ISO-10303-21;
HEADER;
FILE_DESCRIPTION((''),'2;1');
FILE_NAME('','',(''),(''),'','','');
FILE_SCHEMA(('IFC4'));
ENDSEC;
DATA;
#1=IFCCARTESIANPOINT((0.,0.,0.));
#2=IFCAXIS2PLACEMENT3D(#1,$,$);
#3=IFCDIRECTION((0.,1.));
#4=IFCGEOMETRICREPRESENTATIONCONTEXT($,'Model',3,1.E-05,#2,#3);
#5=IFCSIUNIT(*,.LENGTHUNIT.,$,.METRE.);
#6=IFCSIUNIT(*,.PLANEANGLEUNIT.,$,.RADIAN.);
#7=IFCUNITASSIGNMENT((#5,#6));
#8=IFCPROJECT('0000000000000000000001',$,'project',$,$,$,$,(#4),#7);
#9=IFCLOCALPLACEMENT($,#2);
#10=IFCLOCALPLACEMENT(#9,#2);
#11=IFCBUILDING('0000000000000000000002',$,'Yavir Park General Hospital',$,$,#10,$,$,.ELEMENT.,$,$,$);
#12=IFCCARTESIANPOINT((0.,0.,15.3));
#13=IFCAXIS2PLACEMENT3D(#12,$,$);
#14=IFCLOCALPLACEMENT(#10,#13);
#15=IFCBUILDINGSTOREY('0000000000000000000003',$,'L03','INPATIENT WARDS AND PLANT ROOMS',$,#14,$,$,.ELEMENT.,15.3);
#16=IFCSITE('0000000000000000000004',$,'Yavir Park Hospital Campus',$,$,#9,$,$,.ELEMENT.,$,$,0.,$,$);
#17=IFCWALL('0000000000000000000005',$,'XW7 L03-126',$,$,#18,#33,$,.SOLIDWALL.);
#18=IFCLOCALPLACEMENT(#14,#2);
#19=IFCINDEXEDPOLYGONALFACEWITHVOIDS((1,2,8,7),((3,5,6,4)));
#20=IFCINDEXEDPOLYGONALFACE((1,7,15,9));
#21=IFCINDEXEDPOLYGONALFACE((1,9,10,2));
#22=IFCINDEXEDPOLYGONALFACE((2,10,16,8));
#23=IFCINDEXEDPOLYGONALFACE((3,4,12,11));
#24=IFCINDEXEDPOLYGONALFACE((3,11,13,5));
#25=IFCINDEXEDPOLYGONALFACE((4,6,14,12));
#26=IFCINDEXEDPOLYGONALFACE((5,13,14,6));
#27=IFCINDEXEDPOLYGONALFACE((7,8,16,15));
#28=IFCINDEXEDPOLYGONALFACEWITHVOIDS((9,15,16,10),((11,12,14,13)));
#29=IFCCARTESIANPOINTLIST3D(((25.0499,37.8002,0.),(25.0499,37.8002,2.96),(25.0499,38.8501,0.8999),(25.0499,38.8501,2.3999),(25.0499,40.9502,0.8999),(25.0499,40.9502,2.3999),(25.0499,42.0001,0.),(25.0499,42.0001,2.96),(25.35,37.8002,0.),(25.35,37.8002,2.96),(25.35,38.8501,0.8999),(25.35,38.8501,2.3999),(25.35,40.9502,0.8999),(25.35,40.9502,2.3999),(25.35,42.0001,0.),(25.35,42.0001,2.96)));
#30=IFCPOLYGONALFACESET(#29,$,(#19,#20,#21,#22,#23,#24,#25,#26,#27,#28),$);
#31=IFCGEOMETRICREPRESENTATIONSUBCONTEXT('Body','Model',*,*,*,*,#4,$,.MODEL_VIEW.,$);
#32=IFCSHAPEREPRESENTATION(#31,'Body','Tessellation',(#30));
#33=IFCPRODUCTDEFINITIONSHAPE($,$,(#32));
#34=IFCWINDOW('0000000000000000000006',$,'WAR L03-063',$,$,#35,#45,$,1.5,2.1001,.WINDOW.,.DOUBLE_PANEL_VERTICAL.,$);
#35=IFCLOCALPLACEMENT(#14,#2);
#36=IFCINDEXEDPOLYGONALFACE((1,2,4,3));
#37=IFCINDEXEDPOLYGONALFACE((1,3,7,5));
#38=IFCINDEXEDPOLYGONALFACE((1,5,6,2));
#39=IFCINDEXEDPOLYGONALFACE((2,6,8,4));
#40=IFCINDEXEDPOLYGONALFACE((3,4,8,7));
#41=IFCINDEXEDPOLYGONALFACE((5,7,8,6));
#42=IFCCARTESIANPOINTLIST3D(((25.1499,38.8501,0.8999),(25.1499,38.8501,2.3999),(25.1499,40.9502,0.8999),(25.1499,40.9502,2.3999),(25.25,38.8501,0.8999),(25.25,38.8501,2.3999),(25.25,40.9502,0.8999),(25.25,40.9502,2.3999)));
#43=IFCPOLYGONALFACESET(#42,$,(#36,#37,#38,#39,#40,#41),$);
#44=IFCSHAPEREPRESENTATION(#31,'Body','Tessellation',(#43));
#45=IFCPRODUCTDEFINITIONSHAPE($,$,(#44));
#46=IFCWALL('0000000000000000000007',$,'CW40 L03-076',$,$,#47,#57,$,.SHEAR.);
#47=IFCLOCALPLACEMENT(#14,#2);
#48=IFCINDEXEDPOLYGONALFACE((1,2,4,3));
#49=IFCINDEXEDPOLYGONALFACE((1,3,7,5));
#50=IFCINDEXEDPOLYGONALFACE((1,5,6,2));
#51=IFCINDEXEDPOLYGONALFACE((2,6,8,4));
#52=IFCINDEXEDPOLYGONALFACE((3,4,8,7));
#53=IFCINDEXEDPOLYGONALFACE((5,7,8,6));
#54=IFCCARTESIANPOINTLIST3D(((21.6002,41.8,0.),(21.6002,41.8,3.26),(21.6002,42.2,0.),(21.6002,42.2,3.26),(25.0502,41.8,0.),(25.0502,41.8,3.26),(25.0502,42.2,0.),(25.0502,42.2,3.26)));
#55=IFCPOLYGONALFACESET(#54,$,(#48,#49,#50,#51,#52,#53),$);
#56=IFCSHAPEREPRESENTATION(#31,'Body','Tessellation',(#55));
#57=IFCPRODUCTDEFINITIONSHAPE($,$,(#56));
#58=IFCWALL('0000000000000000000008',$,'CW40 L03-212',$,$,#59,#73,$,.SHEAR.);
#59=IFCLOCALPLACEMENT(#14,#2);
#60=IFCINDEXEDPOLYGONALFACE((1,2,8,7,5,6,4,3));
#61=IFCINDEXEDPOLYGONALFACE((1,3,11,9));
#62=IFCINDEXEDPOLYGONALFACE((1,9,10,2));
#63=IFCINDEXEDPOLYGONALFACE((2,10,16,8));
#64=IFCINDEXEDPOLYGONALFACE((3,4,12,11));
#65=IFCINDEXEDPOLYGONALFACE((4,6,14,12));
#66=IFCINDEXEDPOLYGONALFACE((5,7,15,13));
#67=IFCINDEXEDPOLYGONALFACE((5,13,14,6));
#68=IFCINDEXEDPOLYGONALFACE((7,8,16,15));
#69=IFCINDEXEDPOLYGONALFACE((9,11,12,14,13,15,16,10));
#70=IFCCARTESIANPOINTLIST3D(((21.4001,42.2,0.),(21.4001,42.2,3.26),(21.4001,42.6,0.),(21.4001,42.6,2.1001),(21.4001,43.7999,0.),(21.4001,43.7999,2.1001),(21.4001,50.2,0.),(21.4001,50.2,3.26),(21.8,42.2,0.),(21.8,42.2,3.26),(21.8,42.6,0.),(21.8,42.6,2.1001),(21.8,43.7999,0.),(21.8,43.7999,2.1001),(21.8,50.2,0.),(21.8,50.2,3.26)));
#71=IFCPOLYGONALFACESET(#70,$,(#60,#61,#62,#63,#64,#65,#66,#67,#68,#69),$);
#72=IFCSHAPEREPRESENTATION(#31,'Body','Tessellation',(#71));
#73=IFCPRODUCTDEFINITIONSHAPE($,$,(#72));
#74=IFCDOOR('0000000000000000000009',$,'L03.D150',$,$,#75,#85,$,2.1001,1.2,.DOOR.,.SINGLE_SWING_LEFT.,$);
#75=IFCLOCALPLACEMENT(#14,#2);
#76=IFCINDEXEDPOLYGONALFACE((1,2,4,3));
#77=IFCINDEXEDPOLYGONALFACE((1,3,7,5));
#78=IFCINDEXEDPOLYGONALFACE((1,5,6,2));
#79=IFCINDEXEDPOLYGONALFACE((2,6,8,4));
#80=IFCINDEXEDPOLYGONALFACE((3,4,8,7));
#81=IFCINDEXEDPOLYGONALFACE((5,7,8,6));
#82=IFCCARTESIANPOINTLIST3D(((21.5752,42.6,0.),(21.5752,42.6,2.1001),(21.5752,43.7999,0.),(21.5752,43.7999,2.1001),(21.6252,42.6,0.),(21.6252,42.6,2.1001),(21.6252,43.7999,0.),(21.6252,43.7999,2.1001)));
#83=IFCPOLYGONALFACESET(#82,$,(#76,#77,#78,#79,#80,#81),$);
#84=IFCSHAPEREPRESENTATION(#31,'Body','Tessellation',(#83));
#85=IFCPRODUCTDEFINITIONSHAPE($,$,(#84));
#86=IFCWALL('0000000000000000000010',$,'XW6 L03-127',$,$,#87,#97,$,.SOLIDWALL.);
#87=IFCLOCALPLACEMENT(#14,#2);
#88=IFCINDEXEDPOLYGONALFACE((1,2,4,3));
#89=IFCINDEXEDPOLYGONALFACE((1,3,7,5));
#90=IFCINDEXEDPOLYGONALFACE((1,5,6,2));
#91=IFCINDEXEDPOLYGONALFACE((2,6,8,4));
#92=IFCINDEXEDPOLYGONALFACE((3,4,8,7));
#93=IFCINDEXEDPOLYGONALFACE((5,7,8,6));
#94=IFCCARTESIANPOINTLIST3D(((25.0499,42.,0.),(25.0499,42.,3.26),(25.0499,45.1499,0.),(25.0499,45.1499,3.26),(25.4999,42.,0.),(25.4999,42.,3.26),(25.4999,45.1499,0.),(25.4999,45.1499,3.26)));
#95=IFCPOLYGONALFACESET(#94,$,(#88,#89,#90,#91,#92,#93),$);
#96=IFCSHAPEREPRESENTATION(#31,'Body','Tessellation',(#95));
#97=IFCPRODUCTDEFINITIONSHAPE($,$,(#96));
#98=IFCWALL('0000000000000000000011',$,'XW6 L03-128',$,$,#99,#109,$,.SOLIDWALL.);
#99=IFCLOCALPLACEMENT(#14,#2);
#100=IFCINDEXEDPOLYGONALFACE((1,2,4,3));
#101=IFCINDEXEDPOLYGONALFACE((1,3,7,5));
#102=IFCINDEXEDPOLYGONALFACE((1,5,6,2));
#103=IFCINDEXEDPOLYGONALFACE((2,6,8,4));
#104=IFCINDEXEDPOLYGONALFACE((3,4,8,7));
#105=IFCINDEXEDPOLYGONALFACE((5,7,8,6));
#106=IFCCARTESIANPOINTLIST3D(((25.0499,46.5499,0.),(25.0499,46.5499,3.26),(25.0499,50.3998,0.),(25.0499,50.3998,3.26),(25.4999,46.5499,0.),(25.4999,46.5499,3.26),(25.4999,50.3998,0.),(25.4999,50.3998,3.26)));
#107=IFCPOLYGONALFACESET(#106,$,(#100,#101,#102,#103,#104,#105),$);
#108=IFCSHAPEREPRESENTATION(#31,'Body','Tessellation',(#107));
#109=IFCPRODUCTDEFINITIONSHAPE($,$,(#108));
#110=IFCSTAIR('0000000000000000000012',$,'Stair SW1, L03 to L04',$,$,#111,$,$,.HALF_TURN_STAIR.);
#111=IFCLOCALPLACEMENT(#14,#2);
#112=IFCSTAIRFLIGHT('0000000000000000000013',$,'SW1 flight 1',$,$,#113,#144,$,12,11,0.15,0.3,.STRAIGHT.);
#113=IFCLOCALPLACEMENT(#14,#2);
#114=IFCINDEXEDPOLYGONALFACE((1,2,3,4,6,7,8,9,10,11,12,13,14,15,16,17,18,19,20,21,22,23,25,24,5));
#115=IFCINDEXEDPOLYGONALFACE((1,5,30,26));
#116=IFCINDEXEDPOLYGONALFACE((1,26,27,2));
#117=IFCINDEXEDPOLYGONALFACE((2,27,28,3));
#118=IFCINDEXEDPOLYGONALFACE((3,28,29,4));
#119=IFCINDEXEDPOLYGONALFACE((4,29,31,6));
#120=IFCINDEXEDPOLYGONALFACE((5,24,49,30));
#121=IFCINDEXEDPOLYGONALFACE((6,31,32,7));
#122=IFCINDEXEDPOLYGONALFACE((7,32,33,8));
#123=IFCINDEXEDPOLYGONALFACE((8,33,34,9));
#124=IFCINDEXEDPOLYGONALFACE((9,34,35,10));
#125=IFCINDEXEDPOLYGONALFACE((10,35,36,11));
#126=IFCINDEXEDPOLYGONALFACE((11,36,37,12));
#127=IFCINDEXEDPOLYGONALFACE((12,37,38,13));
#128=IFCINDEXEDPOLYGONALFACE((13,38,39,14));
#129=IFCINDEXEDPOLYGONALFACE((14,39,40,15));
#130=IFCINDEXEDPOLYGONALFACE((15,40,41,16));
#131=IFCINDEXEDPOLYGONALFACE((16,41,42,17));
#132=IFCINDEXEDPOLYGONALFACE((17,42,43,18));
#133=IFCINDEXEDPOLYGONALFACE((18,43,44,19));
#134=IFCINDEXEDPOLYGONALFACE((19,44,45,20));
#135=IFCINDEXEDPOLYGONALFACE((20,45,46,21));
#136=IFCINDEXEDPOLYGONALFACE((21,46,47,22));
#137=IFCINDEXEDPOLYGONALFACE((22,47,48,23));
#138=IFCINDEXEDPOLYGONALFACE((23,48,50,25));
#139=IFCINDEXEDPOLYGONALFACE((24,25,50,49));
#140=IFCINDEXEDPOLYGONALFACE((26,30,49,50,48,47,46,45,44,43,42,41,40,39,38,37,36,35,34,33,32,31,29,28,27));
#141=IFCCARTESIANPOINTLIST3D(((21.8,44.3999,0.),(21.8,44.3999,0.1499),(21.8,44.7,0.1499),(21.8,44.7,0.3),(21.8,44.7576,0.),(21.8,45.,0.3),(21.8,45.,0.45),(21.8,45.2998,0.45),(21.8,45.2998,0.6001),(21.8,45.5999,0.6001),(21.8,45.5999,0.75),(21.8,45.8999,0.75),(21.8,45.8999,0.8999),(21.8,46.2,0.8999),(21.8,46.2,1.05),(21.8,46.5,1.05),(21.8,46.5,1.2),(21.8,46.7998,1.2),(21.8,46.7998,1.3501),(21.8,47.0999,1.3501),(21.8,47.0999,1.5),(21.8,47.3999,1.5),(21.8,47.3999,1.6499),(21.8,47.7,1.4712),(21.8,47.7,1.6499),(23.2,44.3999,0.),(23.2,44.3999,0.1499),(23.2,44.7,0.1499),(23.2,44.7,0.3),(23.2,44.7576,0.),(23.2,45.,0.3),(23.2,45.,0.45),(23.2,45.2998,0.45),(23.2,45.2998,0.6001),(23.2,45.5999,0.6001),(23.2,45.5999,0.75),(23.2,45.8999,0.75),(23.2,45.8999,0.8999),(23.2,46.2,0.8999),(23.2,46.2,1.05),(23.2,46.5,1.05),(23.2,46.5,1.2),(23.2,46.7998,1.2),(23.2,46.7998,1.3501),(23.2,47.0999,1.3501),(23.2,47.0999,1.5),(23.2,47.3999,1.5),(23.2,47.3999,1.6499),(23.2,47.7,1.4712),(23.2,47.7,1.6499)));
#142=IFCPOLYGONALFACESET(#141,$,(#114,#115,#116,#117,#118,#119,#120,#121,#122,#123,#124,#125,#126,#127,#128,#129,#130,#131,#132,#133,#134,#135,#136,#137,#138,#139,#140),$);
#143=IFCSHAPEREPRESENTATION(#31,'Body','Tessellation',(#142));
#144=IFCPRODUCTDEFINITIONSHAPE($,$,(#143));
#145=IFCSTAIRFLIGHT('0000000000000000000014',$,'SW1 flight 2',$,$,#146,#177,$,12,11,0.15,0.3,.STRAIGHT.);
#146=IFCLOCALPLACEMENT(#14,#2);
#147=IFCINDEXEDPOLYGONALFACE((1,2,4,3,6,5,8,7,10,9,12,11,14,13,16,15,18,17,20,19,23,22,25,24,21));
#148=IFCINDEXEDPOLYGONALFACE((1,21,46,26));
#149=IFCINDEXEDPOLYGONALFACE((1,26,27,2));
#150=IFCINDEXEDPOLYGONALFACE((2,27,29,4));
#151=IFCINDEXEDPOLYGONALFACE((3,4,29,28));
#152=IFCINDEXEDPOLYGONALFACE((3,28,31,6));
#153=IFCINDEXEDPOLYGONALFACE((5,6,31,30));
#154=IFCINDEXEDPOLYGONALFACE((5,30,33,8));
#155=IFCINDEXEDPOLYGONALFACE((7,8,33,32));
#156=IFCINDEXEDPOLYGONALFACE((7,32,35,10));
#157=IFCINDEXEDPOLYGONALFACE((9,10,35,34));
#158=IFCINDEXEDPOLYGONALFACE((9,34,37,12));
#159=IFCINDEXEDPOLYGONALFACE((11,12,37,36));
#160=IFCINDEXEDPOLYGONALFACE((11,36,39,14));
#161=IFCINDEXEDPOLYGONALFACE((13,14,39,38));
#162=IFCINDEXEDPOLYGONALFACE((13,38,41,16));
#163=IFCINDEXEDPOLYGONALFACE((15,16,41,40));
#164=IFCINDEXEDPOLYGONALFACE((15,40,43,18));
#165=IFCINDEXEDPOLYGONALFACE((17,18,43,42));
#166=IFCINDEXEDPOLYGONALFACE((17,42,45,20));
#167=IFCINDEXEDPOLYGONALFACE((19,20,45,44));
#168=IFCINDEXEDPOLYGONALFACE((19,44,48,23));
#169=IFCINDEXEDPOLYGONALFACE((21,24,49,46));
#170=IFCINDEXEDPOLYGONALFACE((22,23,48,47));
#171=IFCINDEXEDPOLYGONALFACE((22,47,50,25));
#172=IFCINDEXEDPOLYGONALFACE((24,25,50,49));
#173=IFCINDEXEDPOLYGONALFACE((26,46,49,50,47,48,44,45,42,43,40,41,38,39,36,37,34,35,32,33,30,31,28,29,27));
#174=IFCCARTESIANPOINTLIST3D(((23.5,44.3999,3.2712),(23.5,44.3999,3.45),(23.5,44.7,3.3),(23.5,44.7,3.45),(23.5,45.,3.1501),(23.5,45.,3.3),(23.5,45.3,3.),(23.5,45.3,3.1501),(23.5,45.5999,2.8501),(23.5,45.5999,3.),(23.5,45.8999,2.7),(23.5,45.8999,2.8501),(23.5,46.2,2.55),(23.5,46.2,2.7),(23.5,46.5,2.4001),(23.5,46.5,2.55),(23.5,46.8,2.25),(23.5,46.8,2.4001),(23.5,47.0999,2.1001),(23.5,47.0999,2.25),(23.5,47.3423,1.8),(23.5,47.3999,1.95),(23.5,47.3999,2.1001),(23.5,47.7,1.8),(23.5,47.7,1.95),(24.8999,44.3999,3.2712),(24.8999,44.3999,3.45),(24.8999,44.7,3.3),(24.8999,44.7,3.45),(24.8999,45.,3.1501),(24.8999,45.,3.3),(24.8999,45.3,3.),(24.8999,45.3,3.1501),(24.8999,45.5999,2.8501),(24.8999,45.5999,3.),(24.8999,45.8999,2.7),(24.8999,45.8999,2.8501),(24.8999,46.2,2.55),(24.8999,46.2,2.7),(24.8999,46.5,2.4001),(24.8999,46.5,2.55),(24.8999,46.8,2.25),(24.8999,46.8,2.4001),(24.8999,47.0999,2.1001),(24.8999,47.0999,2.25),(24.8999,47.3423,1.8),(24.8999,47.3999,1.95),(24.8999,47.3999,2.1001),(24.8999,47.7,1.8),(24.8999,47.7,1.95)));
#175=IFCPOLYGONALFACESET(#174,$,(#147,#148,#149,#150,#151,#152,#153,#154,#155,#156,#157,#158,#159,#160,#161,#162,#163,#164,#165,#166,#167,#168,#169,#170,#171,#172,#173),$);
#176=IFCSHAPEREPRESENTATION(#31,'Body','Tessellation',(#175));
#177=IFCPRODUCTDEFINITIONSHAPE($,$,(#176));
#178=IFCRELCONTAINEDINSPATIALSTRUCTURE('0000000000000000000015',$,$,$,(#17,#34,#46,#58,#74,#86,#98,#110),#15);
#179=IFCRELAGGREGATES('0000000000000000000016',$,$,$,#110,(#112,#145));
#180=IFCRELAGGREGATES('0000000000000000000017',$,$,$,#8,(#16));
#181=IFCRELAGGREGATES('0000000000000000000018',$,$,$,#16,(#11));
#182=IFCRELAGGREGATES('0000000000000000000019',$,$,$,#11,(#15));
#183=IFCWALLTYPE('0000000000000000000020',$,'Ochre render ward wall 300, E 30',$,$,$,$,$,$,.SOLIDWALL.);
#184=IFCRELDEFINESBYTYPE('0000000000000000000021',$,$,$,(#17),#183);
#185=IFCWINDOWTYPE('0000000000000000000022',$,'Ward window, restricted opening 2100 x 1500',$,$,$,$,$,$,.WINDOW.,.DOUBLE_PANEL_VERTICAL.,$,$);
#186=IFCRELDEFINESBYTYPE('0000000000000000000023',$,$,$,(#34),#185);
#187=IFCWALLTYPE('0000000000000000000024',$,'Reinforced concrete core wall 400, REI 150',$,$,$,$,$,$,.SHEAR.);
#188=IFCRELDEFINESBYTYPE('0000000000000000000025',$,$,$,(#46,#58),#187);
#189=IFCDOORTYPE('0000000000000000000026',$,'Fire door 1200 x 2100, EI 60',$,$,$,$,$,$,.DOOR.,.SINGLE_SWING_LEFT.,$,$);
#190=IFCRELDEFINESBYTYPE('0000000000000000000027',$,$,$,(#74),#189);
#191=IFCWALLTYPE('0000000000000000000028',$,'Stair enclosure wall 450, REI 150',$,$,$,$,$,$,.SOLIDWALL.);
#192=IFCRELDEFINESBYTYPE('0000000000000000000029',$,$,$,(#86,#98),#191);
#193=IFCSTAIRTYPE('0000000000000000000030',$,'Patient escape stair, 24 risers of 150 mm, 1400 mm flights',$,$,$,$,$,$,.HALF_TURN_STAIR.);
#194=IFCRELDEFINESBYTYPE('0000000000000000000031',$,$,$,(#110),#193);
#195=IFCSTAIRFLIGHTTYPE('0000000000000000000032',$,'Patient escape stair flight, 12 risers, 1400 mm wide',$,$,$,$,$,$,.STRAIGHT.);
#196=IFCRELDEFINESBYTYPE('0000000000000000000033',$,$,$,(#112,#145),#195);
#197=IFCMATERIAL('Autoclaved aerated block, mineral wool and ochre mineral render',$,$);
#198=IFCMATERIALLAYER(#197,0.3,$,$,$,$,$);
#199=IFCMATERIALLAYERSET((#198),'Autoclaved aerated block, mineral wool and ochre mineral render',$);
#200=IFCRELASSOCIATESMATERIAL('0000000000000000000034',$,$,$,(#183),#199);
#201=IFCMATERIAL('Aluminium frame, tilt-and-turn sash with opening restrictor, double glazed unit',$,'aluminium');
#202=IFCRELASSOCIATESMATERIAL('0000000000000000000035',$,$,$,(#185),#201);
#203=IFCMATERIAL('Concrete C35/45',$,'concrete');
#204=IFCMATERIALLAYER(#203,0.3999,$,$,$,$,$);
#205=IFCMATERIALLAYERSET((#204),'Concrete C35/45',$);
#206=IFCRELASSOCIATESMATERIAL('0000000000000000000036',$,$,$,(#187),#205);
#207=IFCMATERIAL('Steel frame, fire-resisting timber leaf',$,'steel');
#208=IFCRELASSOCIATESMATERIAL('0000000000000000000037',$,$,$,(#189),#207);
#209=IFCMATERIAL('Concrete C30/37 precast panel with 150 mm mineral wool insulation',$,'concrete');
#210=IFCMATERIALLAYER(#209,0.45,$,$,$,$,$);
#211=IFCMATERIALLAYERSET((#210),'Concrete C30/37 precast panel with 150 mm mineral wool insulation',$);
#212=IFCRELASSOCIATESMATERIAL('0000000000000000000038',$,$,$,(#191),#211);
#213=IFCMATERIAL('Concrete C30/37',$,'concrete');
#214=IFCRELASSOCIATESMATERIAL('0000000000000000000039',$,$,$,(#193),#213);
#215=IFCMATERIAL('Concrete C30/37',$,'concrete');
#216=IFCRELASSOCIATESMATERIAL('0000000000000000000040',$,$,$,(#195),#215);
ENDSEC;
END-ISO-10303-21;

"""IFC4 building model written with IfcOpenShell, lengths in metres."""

from ifc_helpers import new_model, si_unit, direction, frame, frame_2d, origin, place, context, subcontext, project, spatial, polyline, rectangle, outline, extrude, material, layer, layer_set, type_object, element, fill, aggregate, save


model = new_model("IFC4")

# Units and contexts
model_context = context("Model", 3, precision=1e-05, world=origin(), true_north=direction((0.0, 1.0)))
body_context = subcontext(model_context, "Body", "Model", "MODEL_VIEW")
ifc_project = project(units=[si_unit("LENGTHUNIT", "METRE"), si_unit("PLANEANGLEUNIT", "RADIAN")], contexts=[model_context])

# Site, building, storey
site_placement = place(None, origin())
site = spatial("IfcSite", under=ifc_project, at=site_placement, Name="Yavir Park Hospital Campus", CompositionType="ELEMENT", RefElevation=0.0)
building_placement = place(site_placement, origin())
building = spatial("IfcBuilding", under=site, at=building_placement, Name="Yavir Park General Hospital", CompositionType="ELEMENT")
storey_placement = place(building_placement, frame((0.0, 0.0, 15.3)))
storey = spatial("IfcBuildingStorey", under=building, at=storey_placement, Name="L03", Description="INPATIENT WARDS AND PLANT ROOMS", CompositionType="ELEMENT", Elevation=15.3)

# Wall, opening, window
ifc_material_1 = material(Name="Autoclaved aerated block, mineral wool and ochre mineral render")
ifc_layer_1 = layer(ifc_material_1, 0.3)
ifc_layer_set_1 = layer_set([ifc_layer_1], Name="Autoclaved aerated block, mineral wool and ochre mineral render")
wall_type_1 = type_object("IfcWallType", Name="Ochre render ward wall 300, E 30", PredefinedType="SOLIDWALL", material=ifc_layer_set_1)
ifc_material_2 = material(Name="Aluminium frame, tilt-and-turn sash with opening restrictor, double glazed unit", Category="aluminium")
window_type = type_object("IfcWindowType", Name="Ward window, restricted opening 2100 x 1500", PartitioningType="DOUBLE_PANEL_VERTICAL", PredefinedType="WINDOW", material=ifc_material_2)
wall_1_placement = place(storey_placement, frame((25.2, 37.8, 0.0), z_axis=(0.0, 0.0, 1.0), x_axis=(0.0, 1.0, 0.0)))
wall_1 = element("IfcWall", 1, at=wall_1_placement, inside=storey, type_object=wall_type_1, Name="XW7 L03-126", PredefinedType="SOLIDWALL", context=body_context, shape_type="SweptSolid", body=[
    extrude(rectangle(XDim=4.2, YDim=0.3, at=frame_2d((2.1001, 0.0))), origin(), (0.0, 0.0, 1.0), 2.96),
])
opening_1_placement = place(wall_1_placement, frame((1.05, 0.0, 0.8999)))
opening_1 = element("IfcOpeningElement", 2, at=opening_1_placement, cuts=wall_1, PredefinedType="OPENING", context=body_context, shape_type="SweptSolid", body=[
    extrude(rectangle(XDim=2.1001, YDim=1.5, at=frame_2d((1.05, 0.75))), frame((0.0, 0.1599, 0.0), z_axis=(0.0, -1.0, 0.0), x_axis=(1.0, 0.0, 0.0)), (0.0, 0.0, 1.0), 0.3201),
])
window_1_placement = place(opening_1_placement, origin())
window_1 = element("IfcWindow", 3, at=window_1_placement, inside=storey, type_object=window_type, Name="WAR L03-063", OverallHeight=1.5, OverallWidth=2.1001, PartitioningType="DOUBLE_PANEL_VERTICAL", PredefinedType="WINDOW", context=body_context, shape_type="SweptSolid", body=[
    extrude(rectangle(XDim=2.1001, YDim=1.5, at=frame_2d((1.05, 0.75))), frame((0.0, 0.05, 0.0), z_axis=(0.0, -1.0, 0.0), x_axis=(1.0, 0.0, 0.0)), (0.0, 0.0, 1.0), 0.1001),
])
fill(opening_1, window_1)

# Wall
ifc_material_3 = material(Name="Concrete C35/45", Category="concrete")
ifc_layer_2 = layer(ifc_material_3, 0.3999)
ifc_layer_set_2 = layer_set([ifc_layer_2], Name="Concrete C35/45")
wall_type_2 = type_object("IfcWallType", Name="Reinforced concrete core wall 400, REI 150", PredefinedType="SHEAR", material=ifc_layer_set_2)
wall_2_placement = place(storey_placement, frame((21.6001, 42.0, 0.0), z_axis=(0.0, 0.0, 1.0), x_axis=(1.0, 0.0, 0.0)))
element("IfcWall", 4, at=wall_2_placement, inside=storey, type_object=wall_type_2, Name="CW40 L03-076", PredefinedType="SHEAR", context=body_context, shape_type="SweptSolid", body=[
    extrude(rectangle(XDim=3.45, YDim=0.3999, at=frame_2d((1.7251, 0.0))), origin(), (0.0, 0.0, 1.0), 3.26),
])

# Wall, opening, door
wall_3_placement = place(storey_placement, frame((21.6001, 42.2, 0.0), z_axis=(0.0, 0.0, 1.0), x_axis=(0.0, 1.0, 0.0)))
wall_3 = element("IfcWall", 5, at=wall_3_placement, inside=storey, type_object=wall_type_2, Name="CW40 L03-212", PredefinedType="SHEAR", context=body_context, shape_type="SweptSolid", body=[
    extrude(rectangle(XDim=8.0, YDim=0.3999, at=frame_2d((4.0, 0.0))), origin(), (0.0, 0.0, 1.0), 3.26),
])
opening_2_placement = place(wall_3_placement, frame((0.3999, 0.0, 0.0)))
opening_2 = element("IfcOpeningElement", 6, at=opening_2_placement, cuts=wall_3, PredefinedType="OPENING", context=body_context, shape_type="SweptSolid", body=[
    extrude(rectangle(XDim=1.2, YDim=2.1001, at=frame_2d((0.6001, 1.05))), frame((0.0, 0.21, 0.0), z_axis=(0.0, -1.0, 0.0), x_axis=(1.0, 0.0, 0.0)), (0.0, 0.0, 1.0), 0.4199),
])
ifc_material_4 = material(Name="Steel frame, fire-resisting timber leaf", Category="steel")
door_type = type_object("IfcDoorType", Name="Fire door 1200 x 2100, EI 60", OperationType="SINGLE_SWING_LEFT", PredefinedType="DOOR", material=ifc_material_4)
door_placement = place(opening_2_placement, origin())
door = element("IfcDoor", 7, at=door_placement, inside=storey, type_object=door_type, Name="L03.D150", OperationType="SINGLE_SWING_LEFT", OverallHeight=2.1001, OverallWidth=1.2, PredefinedType="DOOR", context=body_context, shape_type="SweptSolid", body=[
    extrude(rectangle(XDim=1.2, YDim=2.1001, at=frame_2d((0.6001, 1.05))), frame((0.0, 0.0249, 0.0), z_axis=(0.0, -1.0, 0.0), x_axis=(1.0, 0.0, 0.0)), (0.0, 0.0, 1.0), 0.05),
])
fill(opening_2, door)

# Walls
ifc_material_5 = material(Name="Concrete C30/37 precast panel with 150 mm mineral wool insulation", Category="concrete")
ifc_layer_3 = layer(ifc_material_5, 0.45)
ifc_layer_set_3 = layer_set([ifc_layer_3], Name="Concrete C30/37 precast panel with 150 mm mineral wool insulation")
wall_type_3 = type_object("IfcWallType", Name="Stair enclosure wall 450, REI 150", PredefinedType="SOLIDWALL", material=ifc_layer_set_3)
wall_4_placement = place(storey_placement, frame((25.2749, 42.0, 0.0), z_axis=(0.0, 0.0, 1.0), x_axis=(0.0, 1.0, 0.0)))
element("IfcWall", 8, at=wall_4_placement, inside=storey, type_object=wall_type_3, Name="XW6 L03-127", PredefinedType="SOLIDWALL", context=body_context, shape_type="SweptSolid", body=[
    extrude(rectangle(XDim=3.1499, YDim=0.45, at=frame_2d((1.575, 0.0))), origin(), (0.0, 0.0, 1.0), 3.26),
])
wall_5_placement = place(storey_placement, frame((25.2749, 46.55, 0.0), z_axis=(0.0, 0.0, 1.0), x_axis=(0.0, 1.0, 0.0)))
element("IfcWall", 9, at=wall_5_placement, inside=storey, type_object=wall_type_3, Name="XW6 L03-128", PredefinedType="SOLIDWALL", context=body_context, shape_type="SweptSolid", body=[
    extrude(rectangle(XDim=3.8499, YDim=0.45, at=frame_2d((1.9248, 0.0))), origin(), (0.0, 0.0, 1.0), 3.26),
])

# Stair, stair flights
ifc_material_6 = material(Name="Concrete C30/37", Category="concrete")
stair_type = type_object("IfcStairType", Name="Patient escape stair, 24 risers of 150 mm, 1400 mm flights", PredefinedType="HALF_TURN_STAIR", material=ifc_material_6)
stair_placement = place(storey_placement, origin())
stair = element("IfcStair", 10, at=stair_placement, inside=storey, type_object=stair_type, Name="Stair SW1, L03 to L04", PredefinedType="HALF_TURN_STAIR")
ifc_material_7 = material(Name="Concrete C30/37", Category="concrete")
stair_flight_type = type_object("IfcStairFlightType", Name="Patient escape stair flight, 12 risers, 1400 mm wide", PredefinedType="STRAIGHT", material=ifc_material_7)
stair_flight_1_placement = place(storey_placement, frame((22.5, 44.3999, 0.0), z_axis=(0.0, 0.0, 1.0), x_axis=(0.0, 1.0, 0.0)))
stair_flight_1 = element("IfcStairFlight", 11, at=stair_flight_1_placement, type_object=stair_flight_type, Name="SW1 flight 1", NumberOfRisers=12, NumberOfTreads=11, PredefinedType="STRAIGHT", RiserHeight=0.15, TreadLength=0.3, context=body_context, shape_type="SweptSolid", body=[
    extrude(outline(polyline([(0.0, 0.0), (0.0, 0.1499), (0.3, 0.1499), (0.3, 0.3), (0.6001, 0.3), (0.6001, 0.45), (0.8999, 0.45), (0.8999, 0.6001), (1.2, 0.6001), (1.2, 0.75), (1.5, 0.75), (1.5, 0.8999), (1.8, 0.8999), (1.8, 1.05), (2.1001, 1.05), (2.1001, 1.2), (2.3999, 1.2), (2.3999, 1.3501), (2.7, 1.3501), (2.7, 1.5), (3.0, 1.5), (3.0, 1.6499), (3.3, 1.6499), (3.3, 1.8), (3.3, 1.4712), (0.3577, 0.0), (0.0, 0.0)])), frame((0.0, 0.7, 0.0), z_axis=(0.0, -1.0, 0.0), x_axis=(1.0, 0.0, 0.0)), (0.0, 0.0, 1.0), 1.3999),
])
stair_flight_2_placement = place(storey_placement, frame((24.2, 47.7, 1.8), z_axis=(0.0, 0.0, 1.0), x_axis=(0.0, -1.0, 0.0)))
stair_flight_2 = element("IfcStairFlight", 12, at=stair_flight_2_placement, type_object=stair_flight_type, Name="SW1 flight 2", NumberOfRisers=12, NumberOfTreads=11, PredefinedType="STRAIGHT", RiserHeight=0.15, TreadLength=0.3, context=body_context, shape_type="SweptSolid", body=[
    extrude(outline(polyline([(0.0, 0.0), (0.0, 0.1499), (0.3, 0.1499), (0.3, 0.3), (0.6001, 0.3), (0.6001, 0.45), (0.8999, 0.45), (0.8999, 0.6001), (1.2, 0.6001), (1.2, 0.75), (1.5, 0.75), (1.5, 0.8999), (1.8, 0.8999), (1.8, 1.05), (2.1001, 1.05), (2.1001, 1.2), (2.3999, 1.2), (2.3999, 1.3501), (2.7, 1.3501), (2.7, 1.5), (3.0, 1.5), (3.0, 1.6499), (3.3, 1.6499), (3.3, 1.8), (3.3, 1.4712), (0.3577, 0.0), (0.0, 0.0)])), frame((0.0, 0.7, 0.0), z_axis=(0.0, -1.0, 0.0), x_axis=(1.0, 0.0, 0.0)), (0.0, 0.0, 1.0), 1.3999),
])
aggregate(stair, [stair_flight_1, stair_flight_2])

save(model, "model.ifc")
